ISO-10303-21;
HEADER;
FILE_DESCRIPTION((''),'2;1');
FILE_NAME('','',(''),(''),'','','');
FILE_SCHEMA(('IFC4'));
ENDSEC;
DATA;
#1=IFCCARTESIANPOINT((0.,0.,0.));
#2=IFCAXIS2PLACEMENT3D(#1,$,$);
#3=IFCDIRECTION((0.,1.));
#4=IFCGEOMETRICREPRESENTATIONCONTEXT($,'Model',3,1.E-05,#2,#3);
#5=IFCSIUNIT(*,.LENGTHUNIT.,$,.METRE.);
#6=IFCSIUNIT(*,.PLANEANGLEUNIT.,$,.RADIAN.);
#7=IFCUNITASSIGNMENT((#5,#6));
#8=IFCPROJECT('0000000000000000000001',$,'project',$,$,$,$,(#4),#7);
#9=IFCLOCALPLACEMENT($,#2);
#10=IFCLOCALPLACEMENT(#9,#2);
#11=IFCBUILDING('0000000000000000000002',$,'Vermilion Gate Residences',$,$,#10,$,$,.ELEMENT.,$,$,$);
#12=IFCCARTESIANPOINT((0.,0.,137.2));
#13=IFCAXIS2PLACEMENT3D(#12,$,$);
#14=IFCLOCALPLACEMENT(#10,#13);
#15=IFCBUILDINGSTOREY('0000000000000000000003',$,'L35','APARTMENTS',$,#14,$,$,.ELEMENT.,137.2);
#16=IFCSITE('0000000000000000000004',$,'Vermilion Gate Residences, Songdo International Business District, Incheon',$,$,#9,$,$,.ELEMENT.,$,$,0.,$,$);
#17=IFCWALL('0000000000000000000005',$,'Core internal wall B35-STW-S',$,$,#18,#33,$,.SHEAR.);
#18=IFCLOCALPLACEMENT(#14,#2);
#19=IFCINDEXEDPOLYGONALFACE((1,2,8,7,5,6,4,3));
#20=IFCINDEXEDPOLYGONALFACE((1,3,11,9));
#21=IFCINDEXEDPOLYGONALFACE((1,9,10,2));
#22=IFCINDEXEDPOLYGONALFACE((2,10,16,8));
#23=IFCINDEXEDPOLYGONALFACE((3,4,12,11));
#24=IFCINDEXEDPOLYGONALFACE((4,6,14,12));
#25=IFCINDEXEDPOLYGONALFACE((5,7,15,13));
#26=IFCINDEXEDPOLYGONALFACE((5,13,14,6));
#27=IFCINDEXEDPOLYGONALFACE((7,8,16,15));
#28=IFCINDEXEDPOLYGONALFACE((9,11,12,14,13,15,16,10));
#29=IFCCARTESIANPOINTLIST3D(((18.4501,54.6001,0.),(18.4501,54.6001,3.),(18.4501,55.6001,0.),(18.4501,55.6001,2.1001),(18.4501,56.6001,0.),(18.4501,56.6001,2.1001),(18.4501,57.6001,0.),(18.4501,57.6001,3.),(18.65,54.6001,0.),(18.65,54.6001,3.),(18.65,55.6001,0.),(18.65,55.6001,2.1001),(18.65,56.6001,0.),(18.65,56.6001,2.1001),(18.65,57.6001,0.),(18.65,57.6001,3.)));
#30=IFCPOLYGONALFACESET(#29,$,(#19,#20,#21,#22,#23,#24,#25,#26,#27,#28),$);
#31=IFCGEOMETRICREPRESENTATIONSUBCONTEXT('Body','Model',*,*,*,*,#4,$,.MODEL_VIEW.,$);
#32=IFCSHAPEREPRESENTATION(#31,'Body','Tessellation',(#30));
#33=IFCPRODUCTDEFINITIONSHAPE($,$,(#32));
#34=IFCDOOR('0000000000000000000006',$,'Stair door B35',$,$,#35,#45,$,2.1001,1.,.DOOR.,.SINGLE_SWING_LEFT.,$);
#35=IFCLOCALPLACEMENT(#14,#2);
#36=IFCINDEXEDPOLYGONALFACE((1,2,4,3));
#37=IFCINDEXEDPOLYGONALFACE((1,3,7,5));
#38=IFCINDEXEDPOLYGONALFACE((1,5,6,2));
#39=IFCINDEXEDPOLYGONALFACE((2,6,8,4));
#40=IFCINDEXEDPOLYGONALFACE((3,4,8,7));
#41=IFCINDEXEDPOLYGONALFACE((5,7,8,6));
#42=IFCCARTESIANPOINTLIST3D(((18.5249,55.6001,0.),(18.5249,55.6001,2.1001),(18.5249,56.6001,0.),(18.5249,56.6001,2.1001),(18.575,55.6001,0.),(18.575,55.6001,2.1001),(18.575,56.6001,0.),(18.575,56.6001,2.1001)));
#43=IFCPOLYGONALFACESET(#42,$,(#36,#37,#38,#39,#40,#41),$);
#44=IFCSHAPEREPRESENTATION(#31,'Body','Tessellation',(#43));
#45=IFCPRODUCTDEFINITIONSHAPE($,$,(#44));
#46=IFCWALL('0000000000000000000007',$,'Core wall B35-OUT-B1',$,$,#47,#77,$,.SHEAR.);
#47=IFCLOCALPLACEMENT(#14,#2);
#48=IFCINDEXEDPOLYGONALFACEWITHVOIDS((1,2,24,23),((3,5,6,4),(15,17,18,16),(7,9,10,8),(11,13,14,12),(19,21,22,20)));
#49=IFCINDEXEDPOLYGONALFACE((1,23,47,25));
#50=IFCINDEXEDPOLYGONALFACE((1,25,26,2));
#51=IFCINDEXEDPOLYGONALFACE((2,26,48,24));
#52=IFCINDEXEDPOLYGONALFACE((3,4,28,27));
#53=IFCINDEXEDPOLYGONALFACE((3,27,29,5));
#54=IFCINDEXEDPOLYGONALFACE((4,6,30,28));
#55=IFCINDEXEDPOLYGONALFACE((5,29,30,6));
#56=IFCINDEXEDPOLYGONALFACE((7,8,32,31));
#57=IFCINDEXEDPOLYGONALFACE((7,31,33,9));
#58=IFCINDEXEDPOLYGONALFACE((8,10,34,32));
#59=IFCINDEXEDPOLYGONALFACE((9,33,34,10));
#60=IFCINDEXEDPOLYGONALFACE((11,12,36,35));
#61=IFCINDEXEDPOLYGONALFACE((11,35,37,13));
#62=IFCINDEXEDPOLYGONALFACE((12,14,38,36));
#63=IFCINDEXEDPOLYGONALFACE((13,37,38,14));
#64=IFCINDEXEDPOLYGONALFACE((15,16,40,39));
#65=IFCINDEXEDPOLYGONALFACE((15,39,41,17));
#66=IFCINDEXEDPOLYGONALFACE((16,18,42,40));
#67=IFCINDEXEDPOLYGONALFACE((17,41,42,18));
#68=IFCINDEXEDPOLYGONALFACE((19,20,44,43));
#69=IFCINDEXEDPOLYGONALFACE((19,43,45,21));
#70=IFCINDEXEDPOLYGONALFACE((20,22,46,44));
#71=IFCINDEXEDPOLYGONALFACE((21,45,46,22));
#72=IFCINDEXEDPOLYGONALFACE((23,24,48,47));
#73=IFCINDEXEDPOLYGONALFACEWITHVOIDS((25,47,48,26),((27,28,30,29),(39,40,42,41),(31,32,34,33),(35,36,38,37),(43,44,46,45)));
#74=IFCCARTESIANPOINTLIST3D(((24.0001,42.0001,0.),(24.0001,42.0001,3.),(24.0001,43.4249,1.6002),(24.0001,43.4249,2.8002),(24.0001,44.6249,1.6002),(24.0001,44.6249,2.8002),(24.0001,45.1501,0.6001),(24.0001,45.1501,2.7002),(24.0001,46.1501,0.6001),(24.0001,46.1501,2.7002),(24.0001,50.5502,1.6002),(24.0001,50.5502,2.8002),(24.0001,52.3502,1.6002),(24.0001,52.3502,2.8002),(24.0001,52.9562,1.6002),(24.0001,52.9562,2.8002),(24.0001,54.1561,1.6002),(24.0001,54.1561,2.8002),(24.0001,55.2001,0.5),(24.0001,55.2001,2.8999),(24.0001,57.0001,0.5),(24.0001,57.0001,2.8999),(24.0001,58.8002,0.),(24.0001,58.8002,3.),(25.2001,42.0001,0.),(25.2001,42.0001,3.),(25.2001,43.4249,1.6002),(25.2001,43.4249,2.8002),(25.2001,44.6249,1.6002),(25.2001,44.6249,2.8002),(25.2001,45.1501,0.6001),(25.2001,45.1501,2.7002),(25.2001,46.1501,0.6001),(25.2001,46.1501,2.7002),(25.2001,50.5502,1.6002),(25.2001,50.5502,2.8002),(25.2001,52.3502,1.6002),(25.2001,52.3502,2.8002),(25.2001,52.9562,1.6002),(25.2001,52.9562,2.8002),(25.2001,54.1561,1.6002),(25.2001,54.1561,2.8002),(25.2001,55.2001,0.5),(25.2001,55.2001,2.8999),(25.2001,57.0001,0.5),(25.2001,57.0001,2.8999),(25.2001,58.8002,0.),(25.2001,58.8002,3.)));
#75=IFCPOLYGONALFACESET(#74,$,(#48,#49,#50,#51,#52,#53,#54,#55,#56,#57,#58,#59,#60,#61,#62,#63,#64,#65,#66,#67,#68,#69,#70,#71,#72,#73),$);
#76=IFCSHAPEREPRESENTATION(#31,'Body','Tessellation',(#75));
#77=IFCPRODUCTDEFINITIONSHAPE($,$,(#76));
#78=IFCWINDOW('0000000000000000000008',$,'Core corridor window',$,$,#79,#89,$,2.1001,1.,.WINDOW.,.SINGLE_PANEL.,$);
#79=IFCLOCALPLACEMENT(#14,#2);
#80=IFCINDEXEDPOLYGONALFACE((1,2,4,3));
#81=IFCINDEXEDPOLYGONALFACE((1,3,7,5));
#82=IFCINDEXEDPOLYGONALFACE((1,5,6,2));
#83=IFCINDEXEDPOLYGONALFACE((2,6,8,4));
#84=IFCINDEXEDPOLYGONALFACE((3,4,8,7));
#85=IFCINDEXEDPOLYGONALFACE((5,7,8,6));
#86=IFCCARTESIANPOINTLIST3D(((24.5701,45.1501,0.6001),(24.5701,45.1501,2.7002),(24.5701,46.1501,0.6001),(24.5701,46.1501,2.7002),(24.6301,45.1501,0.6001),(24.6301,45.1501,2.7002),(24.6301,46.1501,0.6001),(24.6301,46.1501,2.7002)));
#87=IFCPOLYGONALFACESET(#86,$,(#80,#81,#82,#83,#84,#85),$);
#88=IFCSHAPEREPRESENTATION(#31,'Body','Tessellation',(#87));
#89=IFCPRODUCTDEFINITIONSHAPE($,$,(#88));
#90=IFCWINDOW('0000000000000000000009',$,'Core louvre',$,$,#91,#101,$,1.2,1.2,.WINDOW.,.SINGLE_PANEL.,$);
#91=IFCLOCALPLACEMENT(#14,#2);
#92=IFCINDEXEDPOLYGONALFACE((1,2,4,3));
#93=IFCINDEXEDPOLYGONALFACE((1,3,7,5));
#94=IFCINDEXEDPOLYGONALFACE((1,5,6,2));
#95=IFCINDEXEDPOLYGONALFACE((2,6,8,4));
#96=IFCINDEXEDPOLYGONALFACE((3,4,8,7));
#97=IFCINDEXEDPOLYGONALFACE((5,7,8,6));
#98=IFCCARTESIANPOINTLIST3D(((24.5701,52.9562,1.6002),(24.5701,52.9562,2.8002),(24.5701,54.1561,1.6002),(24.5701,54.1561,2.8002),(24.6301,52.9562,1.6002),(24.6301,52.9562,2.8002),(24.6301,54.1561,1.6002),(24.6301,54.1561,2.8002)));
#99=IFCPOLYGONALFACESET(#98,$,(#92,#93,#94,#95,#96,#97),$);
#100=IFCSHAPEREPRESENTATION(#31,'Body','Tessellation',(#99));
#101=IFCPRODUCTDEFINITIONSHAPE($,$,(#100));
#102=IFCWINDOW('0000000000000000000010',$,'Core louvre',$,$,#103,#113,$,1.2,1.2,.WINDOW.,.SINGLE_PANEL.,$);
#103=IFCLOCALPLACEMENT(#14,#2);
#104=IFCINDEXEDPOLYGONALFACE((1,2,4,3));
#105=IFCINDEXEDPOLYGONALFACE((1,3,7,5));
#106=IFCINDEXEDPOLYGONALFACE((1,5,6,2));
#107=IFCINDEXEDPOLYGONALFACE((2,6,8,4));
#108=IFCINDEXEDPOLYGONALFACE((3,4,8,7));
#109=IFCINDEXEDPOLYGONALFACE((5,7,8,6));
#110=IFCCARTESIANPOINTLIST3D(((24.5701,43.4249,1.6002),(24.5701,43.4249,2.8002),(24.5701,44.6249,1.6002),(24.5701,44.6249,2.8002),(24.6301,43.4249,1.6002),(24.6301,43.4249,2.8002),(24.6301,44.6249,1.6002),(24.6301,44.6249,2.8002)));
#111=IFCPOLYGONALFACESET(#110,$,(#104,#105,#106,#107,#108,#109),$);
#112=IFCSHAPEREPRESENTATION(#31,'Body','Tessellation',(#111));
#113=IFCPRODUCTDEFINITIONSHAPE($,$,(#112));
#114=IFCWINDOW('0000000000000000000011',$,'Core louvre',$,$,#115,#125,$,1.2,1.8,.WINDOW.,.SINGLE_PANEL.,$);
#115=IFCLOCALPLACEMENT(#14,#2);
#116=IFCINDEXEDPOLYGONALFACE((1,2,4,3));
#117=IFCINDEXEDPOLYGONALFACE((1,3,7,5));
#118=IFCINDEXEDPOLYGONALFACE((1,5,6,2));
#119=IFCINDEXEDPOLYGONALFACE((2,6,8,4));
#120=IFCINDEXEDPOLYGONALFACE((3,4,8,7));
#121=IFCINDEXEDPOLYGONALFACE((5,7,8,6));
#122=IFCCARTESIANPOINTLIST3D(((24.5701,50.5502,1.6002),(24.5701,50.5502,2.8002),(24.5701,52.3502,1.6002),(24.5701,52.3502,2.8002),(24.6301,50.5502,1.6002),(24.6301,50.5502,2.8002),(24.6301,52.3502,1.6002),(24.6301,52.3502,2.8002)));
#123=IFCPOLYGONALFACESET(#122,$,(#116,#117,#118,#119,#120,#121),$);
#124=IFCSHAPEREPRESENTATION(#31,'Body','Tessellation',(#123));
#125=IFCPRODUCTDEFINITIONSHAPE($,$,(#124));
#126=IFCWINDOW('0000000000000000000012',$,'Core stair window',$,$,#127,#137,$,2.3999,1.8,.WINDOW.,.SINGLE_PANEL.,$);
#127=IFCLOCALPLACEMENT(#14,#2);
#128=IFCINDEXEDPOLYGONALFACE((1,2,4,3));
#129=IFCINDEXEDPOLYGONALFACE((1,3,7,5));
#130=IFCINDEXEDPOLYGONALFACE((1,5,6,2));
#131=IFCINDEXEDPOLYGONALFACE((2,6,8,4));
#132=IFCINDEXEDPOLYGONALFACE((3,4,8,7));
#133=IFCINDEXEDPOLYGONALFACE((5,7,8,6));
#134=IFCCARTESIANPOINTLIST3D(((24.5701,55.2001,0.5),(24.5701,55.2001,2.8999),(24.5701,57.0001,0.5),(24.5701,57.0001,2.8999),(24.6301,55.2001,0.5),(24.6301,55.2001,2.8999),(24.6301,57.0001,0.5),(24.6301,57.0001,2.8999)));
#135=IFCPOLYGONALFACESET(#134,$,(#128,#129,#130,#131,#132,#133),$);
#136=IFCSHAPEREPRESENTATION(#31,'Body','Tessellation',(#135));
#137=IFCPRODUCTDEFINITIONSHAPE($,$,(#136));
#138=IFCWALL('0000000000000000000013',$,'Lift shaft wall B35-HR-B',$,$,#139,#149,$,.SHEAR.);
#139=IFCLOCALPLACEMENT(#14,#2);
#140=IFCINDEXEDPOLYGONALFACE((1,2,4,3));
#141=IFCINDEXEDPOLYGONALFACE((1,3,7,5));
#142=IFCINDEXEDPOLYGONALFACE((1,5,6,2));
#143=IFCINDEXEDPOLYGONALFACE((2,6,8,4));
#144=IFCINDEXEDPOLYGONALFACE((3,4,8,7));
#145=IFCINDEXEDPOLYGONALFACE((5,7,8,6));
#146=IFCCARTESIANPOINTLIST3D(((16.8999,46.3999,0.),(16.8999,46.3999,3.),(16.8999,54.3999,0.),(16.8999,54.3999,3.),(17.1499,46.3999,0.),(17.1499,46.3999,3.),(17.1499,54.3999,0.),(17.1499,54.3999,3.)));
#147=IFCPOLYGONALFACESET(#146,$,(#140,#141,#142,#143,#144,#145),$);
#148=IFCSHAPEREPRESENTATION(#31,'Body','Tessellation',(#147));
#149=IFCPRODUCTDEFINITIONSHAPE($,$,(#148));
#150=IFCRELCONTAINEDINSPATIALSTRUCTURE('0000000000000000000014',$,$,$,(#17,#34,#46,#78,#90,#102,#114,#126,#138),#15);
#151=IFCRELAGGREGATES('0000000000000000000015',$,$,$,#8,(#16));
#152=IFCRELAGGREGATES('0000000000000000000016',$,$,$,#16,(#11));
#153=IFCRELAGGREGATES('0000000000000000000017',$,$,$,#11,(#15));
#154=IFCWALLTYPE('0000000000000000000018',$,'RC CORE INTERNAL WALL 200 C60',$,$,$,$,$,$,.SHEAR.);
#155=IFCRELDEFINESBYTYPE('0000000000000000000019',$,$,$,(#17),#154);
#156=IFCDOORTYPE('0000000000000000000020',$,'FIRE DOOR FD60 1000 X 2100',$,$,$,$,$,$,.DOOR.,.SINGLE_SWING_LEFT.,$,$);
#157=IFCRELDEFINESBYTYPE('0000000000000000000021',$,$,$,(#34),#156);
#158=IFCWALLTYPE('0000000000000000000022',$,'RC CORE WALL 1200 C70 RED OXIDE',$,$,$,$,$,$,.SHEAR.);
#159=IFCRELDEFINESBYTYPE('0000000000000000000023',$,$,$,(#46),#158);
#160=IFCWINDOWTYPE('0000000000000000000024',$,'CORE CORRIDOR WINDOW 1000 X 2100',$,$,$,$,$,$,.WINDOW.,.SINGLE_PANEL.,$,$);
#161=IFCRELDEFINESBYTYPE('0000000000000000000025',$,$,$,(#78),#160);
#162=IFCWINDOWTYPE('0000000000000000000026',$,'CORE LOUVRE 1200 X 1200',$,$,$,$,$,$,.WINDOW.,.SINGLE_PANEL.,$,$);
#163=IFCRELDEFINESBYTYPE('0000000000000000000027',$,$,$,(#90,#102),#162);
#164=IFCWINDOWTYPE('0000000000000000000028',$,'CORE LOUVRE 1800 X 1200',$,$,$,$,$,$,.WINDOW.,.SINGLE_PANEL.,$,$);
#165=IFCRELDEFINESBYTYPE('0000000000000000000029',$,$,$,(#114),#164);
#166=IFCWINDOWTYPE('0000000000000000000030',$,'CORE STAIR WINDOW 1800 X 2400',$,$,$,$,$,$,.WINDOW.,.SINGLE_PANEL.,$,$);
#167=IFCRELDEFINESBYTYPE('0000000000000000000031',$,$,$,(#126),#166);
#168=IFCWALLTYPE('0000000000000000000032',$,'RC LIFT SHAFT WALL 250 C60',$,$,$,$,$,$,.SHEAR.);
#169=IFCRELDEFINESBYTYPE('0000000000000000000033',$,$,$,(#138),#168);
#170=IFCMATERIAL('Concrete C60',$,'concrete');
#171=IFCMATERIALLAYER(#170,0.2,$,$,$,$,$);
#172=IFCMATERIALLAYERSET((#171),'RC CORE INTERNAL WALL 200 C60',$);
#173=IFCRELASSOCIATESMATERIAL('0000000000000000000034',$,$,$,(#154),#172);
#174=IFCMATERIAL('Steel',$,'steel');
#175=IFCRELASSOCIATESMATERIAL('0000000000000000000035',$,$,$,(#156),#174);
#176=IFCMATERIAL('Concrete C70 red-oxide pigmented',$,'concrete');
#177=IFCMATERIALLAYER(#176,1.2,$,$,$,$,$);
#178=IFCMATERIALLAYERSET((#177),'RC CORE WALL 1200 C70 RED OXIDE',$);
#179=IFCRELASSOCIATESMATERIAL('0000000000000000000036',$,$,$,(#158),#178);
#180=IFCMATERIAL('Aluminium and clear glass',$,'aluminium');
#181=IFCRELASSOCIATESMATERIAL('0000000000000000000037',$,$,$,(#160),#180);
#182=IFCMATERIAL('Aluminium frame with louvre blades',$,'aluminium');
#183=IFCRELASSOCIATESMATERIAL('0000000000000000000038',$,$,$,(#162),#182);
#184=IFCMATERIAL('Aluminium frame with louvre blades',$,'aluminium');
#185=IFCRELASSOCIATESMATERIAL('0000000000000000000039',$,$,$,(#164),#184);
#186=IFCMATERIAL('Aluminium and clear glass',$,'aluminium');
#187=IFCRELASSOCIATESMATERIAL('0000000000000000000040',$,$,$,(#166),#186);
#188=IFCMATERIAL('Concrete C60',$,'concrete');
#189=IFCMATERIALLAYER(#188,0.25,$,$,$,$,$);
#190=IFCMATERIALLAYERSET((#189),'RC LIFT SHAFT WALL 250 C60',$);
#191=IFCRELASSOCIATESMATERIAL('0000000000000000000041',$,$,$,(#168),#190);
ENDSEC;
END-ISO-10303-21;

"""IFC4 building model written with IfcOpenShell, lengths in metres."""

from ifc_helpers import new_model, si_unit, direction, frame, frame_2d, origin, place, context, subcontext, project, spatial, rectangle, extrude, material, layer, layer_set, type_object, element, fill, save


model = new_model("IFC4")

# Units and contexts
model_context = context("Model", 3, precision=1e-05, world=origin(), true_north=direction((0.0, 1.0)))
body_context = subcontext(model_context, "Body", "Model", "MODEL_VIEW")
ifc_project = project(units=[si_unit("LENGTHUNIT", "METRE"), si_unit("PLANEANGLEUNIT", "RADIAN")], contexts=[model_context])

# Site, building, storey
site_placement = place(None, origin())
site = spatial("IfcSite", under=ifc_project, at=site_placement, Name="Vermilion Gate Residences, Songdo International Business District, Incheon", CompositionType="ELEMENT", RefElevation=0.0)
building_placement = place(site_placement, origin())
building = spatial("IfcBuilding", under=site, at=building_placement, Name="Vermilion Gate Residences", CompositionType="ELEMENT")
storey_placement = place(building_placement, frame((0.0, 0.0, 137.2)))
storey = spatial("IfcBuildingStorey", under=building, at=storey_placement, Name="L35", Description="APARTMENTS", CompositionType="ELEMENT", Elevation=137.2)

# Shared definitions
ifc_material_1 = material(Name="Concrete C60", Category="concrete")
ifc_layer_1 = layer(ifc_material_1, 0.2)
ifc_layer_set_1 = layer_set([ifc_layer_1], Name="RC CORE INTERNAL WALL 200 C60")
wall_type_1 = type_object("IfcWallType", Name="RC CORE INTERNAL WALL 200 C60", PredefinedType="SHEAR", material=ifc_layer_set_1)

# Wall, opening, door
wall_1_placement = place(storey_placement, frame((18.55, 57.6001, 0.0), z_axis=(0.0, 0.0, 1.0), x_axis=(0.0, -1.0, 0.0)))
wall_1 = element("IfcWall", 1, at=wall_1_placement, inside=storey, type_object=wall_type_1, Name="Core internal wall B35-STW-S", PredefinedType="SHEAR", context=body_context, shape_type="SweptSolid", body=[
    extrude(rectangle(XDim=3.0, YDim=0.2, at=frame_2d((1.5, 0.0))), origin(), (0.0, 0.0, 1.0), 3.0),
])
opening_1_placement = place(wall_1_placement, frame((1.0, 0.0, 0.0)))
opening_1 = element("IfcOpeningElement", 2, at=opening_1_placement, cuts=wall_1, PredefinedType="OPENING", context=body_context, shape_type="SweptSolid", body=[
    extrude(rectangle(XDim=1.0, YDim=2.1001, at=frame_2d((0.5, 1.05))), frame((0.0, 0.1099, 0.0), z_axis=(0.0, -1.0, 0.0), x_axis=(1.0, 0.0, 0.0)), (0.0, 0.0, 1.0), 0.22),
])
ifc_material_2 = material(Name="Steel", Category="steel")
door_type_1 = type_object("IfcDoorType", Name="FIRE DOOR FD60 1000 X 2100", OperationType="SINGLE_SWING_LEFT", PredefinedType="DOOR", material=ifc_material_2)
door_1_placement = place(opening_1_placement, origin())
door_1 = element("IfcDoor", 3, at=door_1_placement, inside=storey, type_object=door_type_1, Name="Stair door B35", OperationType="SINGLE_SWING_LEFT", OverallHeight=2.1001, OverallWidth=1.0, PredefinedType="DOOR", context=body_context, shape_type="SweptSolid", body=[
    extrude(rectangle(XDim=1.0, YDim=2.1001, at=frame_2d((0.5, 1.05))), frame((0.0, 0.0249, 0.0), z_axis=(0.0, -1.0, 0.0), x_axis=(1.0, 0.0, 0.0)), (0.0, 0.0, 1.0), 0.05),
])
fill(opening_1, door_1)

# Wall, openings, windows
ifc_material_3 = material(Name="Concrete C70 red-oxide pigmented", Category="concrete")
ifc_layer_2 = layer(ifc_material_3, 1.2)
ifc_layer_set_2 = layer_set([ifc_layer_2], Name="RC CORE WALL 1200 C70 RED OXIDE")
wall_type_2 = type_object("IfcWallType", Name="RC CORE WALL 1200 C70 RED OXIDE", PredefinedType="SHEAR", material=ifc_layer_set_2)
wall_2_placement = place(storey_placement, frame((24.6001, 58.8, 0.0), z_axis=(0.0, 0.0, 1.0), x_axis=(0.0, -1.0, 0.0)))
wall_2 = element("IfcWall", 4, at=wall_2_placement, inside=storey, type_object=wall_type_2, Name="Core wall B35-OUT-B1", PredefinedType="SHEAR", context=body_context, shape_type="SweptSolid", body=[
    extrude(rectangle(XDim=16.8, YDim=1.2, at=frame_2d((8.3999, 0.0))), origin(), (0.0, 0.0, 1.0), 3.0),
])
opening_2_placement = place(wall_2_placement, frame((1.8, 0.0, 0.5)))
opening_2 = element("IfcOpeningElement", 5, at=opening_2_placement, cuts=wall_2, PredefinedType="OPENING", context=body_context, shape_type="SweptSolid", body=[
    extrude(rectangle(XDim=1.8, YDim=2.3999, at=frame_2d((0.8999, 1.2))), frame((0.0, 0.6099, 0.0), z_axis=(0.0, -1.0, 0.0), x_axis=(1.0, 0.0, 0.0)), (0.0, 0.0, 1.0), 1.22),
])
opening_3_placement = place(wall_2_placement, frame((4.6438, 0.0, 1.6001)))
opening_3 = element("IfcOpeningElement", 6, at=opening_3_placement, cuts=wall_2, PredefinedType="OPENING", context=body_context, shape_type="SweptSolid", body=[
    extrude(rectangle(XDim=1.2, YDim=1.2, at=frame_2d((0.6001, 0.6001))), frame((0.0, 0.6099, 0.0), z_axis=(0.0, -1.0, 0.0), x_axis=(1.0, 0.0, 0.0)), (0.0, 0.0, 1.0), 1.22),
])
opening_4_placement = place(wall_2_placement, frame((6.45, 0.0, 1.6001)))
opening_4 = element("IfcOpeningElement", 7, at=opening_4_placement, cuts=wall_2, PredefinedType="OPENING", context=body_context, shape_type="SweptSolid", body=[
    extrude(rectangle(XDim=1.8, YDim=1.2, at=frame_2d((0.8999, 0.6001))), frame((0.0, 0.6099, 0.0), z_axis=(0.0, -1.0, 0.0), x_axis=(1.0, 0.0, 0.0)), (0.0, 0.0, 1.0), 1.22),
])
opening_5_placement = place(wall_2_placement, frame((12.6499, 0.0, 0.6001)))
opening_5 = element("IfcOpeningElement", 8, at=opening_5_placement, cuts=wall_2, PredefinedType="OPENING", context=body_context, shape_type="SweptSolid", body=[
    extrude(rectangle(XDim=1.0, YDim=2.1001, at=frame_2d((0.5, 1.05))), frame((0.0, 0.6099, 0.0), z_axis=(0.0, -1.0, 0.0), x_axis=(1.0, 0.0, 0.0)), (0.0, 0.0, 1.0), 1.22),
])
opening_6_placement = place(wall_2_placement, frame((14.175, 0.0, 1.6001)))
opening_6 = element("IfcOpeningElement", 9, at=opening_6_placement, cuts=wall_2, PredefinedType="OPENING", context=body_context, shape_type="SweptSolid", body=[
    extrude(rectangle(XDim=1.2, YDim=1.2, at=frame_2d((0.6001, 0.6001))), frame((0.0, 0.6099, 0.0), z_axis=(0.0, -1.0, 0.0), x_axis=(1.0, 0.0, 0.0)), (0.0, 0.0, 1.0), 1.22),
])
ifc_material_4 = material(Name="Aluminium and clear glass", Category="aluminium")
window_type_1 = type_object("IfcWindowType", Name="CORE CORRIDOR WINDOW 1000 X 2100", PartitioningType="SINGLE_PANEL", PredefinedType="WINDOW", material=ifc_material_4)
window_1_placement = place(opening_5_placement, origin())
window_1 = element("IfcWindow", 10, at=window_1_placement, inside=storey, type_object=window_type_1, Name="Core corridor window", OverallHeight=2.1001, OverallWidth=1.0, PartitioningType="SINGLE_PANEL", PredefinedType="WINDOW", context=body_context, shape_type="SweptSolid", body=[
    extrude(rectangle(XDim=1.0, YDim=2.1001, at=frame_2d((0.5, 1.05))), frame((0.0, 0.03, 0.0), z_axis=(0.0, -1.0, 0.0), x_axis=(1.0, 0.0, 0.0)), (0.0, 0.0, 1.0), 0.0601),
])
fill(opening_5, window_1)
ifc_material_5 = material(Name="Aluminium frame with louvre blades", Category="aluminium")
window_type_2 = type_object("IfcWindowType", Name="CORE LOUVRE 1200 X 1200", PartitioningType="SINGLE_PANEL", PredefinedType="WINDOW", material=ifc_material_5)
window_2_placement = place(opening_3_placement, origin())
window_2 = element("IfcWindow", 11, at=window_2_placement, inside=storey, type_object=window_type_2, Name="Core louvre", OverallHeight=1.2, OverallWidth=1.2, PartitioningType="SINGLE_PANEL", PredefinedType="WINDOW", context=body_context, shape_type="SweptSolid", body=[
    extrude(rectangle(XDim=1.2, YDim=1.2, at=frame_2d((0.6001, 0.6001))), frame((0.0, 0.03, 0.0), z_axis=(0.0, -1.0, 0.0), x_axis=(1.0, 0.0, 0.0)), (0.0, 0.0, 1.0), 0.0601),
])
fill(opening_3, window_2)
window_3_placement = place(opening_6_placement, origin())
window_3 = element("IfcWindow", 12, at=window_3_placement, inside=storey, type_object=window_type_2, Name="Core louvre", OverallHeight=1.2, OverallWidth=1.2, PartitioningType="SINGLE_PANEL", PredefinedType="WINDOW", context=body_context, shape_type="SweptSolid", body=[
    extrude(rectangle(XDim=1.2, YDim=1.2, at=frame_2d((0.6001, 0.6001))), frame((0.0, 0.03, 0.0), z_axis=(0.0, -1.0, 0.0), x_axis=(1.0, 0.0, 0.0)), (0.0, 0.0, 1.0), 0.0601),
])
fill(opening_6, window_3)
ifc_material_6 = material(Name="Aluminium frame with louvre blades", Category="aluminium")
window_type_3 = type_object("IfcWindowType", Name="CORE LOUVRE 1800 X 1200", PartitioningType="SINGLE_PANEL", PredefinedType="WINDOW", material=ifc_material_6)
window_4_placement = place(opening_4_placement, origin())
window_4 = element("IfcWindow", 13, at=window_4_placement, inside=storey, type_object=window_type_3, Name="Core louvre", OverallHeight=1.2, OverallWidth=1.8, PartitioningType="SINGLE_PANEL", PredefinedType="WINDOW", context=body_context, shape_type="SweptSolid", body=[
    extrude(rectangle(XDim=1.8, YDim=1.2, at=frame_2d((0.8999, 0.6001))), frame((0.0, 0.03, 0.0), z_axis=(0.0, -1.0, 0.0), x_axis=(1.0, 0.0, 0.0)), (0.0, 0.0, 1.0), 0.0601),
])
fill(opening_4, window_4)
ifc_material_7 = material(Name="Aluminium and clear glass", Category="aluminium")
window_type_4 = type_object("IfcWindowType", Name="CORE STAIR WINDOW 1800 X 2400", PartitioningType="SINGLE_PANEL", PredefinedType="WINDOW", material=ifc_material_7)
window_5_placement = place(opening_2_placement, origin())
window_5 = element("IfcWindow", 14, at=window_5_placement, inside=storey, type_object=window_type_4, Name="Core stair window", OverallHeight=2.3999, OverallWidth=1.8, PartitioningType="SINGLE_PANEL", PredefinedType="WINDOW", context=body_context, shape_type="SweptSolid", body=[
    extrude(rectangle(XDim=1.8, YDim=2.3999, at=frame_2d((0.8999, 1.2))), frame((0.0, 0.03, 0.0), z_axis=(0.0, -1.0, 0.0), x_axis=(1.0, 0.0, 0.0)), (0.0, 0.0, 1.0), 0.0601),
])
fill(opening_2, window_5)

# Wall
ifc_material_8 = material(Name="Concrete C60", Category="concrete")
ifc_layer_3 = layer(ifc_material_8, 0.25)
ifc_layer_set_3 = layer_set([ifc_layer_3], Name="RC LIFT SHAFT WALL 250 C60")
wall_type_3 = type_object("IfcWallType", Name="RC LIFT SHAFT WALL 250 C60", PredefinedType="SHEAR", material=ifc_layer_set_3)
wall_3_placement = place(storey_placement, frame((17.0249, 54.3999, 0.0), z_axis=(0.0, 0.0, 1.0), x_axis=(0.0, -1.0, 0.0)))
element("IfcWall", 15, at=wall_3_placement, inside=storey, type_object=wall_type_3, Name="Lift shaft wall B35-HR-B", PredefinedType="SHEAR", context=body_context, shape_type="SweptSolid", body=[
    extrude(rectangle(XDim=8.0, YDim=0.25, at=frame_2d((4.0, 0.0))), origin(), (0.0, 0.0, 1.0), 3.0),
])

save(model, "model.ifc")
